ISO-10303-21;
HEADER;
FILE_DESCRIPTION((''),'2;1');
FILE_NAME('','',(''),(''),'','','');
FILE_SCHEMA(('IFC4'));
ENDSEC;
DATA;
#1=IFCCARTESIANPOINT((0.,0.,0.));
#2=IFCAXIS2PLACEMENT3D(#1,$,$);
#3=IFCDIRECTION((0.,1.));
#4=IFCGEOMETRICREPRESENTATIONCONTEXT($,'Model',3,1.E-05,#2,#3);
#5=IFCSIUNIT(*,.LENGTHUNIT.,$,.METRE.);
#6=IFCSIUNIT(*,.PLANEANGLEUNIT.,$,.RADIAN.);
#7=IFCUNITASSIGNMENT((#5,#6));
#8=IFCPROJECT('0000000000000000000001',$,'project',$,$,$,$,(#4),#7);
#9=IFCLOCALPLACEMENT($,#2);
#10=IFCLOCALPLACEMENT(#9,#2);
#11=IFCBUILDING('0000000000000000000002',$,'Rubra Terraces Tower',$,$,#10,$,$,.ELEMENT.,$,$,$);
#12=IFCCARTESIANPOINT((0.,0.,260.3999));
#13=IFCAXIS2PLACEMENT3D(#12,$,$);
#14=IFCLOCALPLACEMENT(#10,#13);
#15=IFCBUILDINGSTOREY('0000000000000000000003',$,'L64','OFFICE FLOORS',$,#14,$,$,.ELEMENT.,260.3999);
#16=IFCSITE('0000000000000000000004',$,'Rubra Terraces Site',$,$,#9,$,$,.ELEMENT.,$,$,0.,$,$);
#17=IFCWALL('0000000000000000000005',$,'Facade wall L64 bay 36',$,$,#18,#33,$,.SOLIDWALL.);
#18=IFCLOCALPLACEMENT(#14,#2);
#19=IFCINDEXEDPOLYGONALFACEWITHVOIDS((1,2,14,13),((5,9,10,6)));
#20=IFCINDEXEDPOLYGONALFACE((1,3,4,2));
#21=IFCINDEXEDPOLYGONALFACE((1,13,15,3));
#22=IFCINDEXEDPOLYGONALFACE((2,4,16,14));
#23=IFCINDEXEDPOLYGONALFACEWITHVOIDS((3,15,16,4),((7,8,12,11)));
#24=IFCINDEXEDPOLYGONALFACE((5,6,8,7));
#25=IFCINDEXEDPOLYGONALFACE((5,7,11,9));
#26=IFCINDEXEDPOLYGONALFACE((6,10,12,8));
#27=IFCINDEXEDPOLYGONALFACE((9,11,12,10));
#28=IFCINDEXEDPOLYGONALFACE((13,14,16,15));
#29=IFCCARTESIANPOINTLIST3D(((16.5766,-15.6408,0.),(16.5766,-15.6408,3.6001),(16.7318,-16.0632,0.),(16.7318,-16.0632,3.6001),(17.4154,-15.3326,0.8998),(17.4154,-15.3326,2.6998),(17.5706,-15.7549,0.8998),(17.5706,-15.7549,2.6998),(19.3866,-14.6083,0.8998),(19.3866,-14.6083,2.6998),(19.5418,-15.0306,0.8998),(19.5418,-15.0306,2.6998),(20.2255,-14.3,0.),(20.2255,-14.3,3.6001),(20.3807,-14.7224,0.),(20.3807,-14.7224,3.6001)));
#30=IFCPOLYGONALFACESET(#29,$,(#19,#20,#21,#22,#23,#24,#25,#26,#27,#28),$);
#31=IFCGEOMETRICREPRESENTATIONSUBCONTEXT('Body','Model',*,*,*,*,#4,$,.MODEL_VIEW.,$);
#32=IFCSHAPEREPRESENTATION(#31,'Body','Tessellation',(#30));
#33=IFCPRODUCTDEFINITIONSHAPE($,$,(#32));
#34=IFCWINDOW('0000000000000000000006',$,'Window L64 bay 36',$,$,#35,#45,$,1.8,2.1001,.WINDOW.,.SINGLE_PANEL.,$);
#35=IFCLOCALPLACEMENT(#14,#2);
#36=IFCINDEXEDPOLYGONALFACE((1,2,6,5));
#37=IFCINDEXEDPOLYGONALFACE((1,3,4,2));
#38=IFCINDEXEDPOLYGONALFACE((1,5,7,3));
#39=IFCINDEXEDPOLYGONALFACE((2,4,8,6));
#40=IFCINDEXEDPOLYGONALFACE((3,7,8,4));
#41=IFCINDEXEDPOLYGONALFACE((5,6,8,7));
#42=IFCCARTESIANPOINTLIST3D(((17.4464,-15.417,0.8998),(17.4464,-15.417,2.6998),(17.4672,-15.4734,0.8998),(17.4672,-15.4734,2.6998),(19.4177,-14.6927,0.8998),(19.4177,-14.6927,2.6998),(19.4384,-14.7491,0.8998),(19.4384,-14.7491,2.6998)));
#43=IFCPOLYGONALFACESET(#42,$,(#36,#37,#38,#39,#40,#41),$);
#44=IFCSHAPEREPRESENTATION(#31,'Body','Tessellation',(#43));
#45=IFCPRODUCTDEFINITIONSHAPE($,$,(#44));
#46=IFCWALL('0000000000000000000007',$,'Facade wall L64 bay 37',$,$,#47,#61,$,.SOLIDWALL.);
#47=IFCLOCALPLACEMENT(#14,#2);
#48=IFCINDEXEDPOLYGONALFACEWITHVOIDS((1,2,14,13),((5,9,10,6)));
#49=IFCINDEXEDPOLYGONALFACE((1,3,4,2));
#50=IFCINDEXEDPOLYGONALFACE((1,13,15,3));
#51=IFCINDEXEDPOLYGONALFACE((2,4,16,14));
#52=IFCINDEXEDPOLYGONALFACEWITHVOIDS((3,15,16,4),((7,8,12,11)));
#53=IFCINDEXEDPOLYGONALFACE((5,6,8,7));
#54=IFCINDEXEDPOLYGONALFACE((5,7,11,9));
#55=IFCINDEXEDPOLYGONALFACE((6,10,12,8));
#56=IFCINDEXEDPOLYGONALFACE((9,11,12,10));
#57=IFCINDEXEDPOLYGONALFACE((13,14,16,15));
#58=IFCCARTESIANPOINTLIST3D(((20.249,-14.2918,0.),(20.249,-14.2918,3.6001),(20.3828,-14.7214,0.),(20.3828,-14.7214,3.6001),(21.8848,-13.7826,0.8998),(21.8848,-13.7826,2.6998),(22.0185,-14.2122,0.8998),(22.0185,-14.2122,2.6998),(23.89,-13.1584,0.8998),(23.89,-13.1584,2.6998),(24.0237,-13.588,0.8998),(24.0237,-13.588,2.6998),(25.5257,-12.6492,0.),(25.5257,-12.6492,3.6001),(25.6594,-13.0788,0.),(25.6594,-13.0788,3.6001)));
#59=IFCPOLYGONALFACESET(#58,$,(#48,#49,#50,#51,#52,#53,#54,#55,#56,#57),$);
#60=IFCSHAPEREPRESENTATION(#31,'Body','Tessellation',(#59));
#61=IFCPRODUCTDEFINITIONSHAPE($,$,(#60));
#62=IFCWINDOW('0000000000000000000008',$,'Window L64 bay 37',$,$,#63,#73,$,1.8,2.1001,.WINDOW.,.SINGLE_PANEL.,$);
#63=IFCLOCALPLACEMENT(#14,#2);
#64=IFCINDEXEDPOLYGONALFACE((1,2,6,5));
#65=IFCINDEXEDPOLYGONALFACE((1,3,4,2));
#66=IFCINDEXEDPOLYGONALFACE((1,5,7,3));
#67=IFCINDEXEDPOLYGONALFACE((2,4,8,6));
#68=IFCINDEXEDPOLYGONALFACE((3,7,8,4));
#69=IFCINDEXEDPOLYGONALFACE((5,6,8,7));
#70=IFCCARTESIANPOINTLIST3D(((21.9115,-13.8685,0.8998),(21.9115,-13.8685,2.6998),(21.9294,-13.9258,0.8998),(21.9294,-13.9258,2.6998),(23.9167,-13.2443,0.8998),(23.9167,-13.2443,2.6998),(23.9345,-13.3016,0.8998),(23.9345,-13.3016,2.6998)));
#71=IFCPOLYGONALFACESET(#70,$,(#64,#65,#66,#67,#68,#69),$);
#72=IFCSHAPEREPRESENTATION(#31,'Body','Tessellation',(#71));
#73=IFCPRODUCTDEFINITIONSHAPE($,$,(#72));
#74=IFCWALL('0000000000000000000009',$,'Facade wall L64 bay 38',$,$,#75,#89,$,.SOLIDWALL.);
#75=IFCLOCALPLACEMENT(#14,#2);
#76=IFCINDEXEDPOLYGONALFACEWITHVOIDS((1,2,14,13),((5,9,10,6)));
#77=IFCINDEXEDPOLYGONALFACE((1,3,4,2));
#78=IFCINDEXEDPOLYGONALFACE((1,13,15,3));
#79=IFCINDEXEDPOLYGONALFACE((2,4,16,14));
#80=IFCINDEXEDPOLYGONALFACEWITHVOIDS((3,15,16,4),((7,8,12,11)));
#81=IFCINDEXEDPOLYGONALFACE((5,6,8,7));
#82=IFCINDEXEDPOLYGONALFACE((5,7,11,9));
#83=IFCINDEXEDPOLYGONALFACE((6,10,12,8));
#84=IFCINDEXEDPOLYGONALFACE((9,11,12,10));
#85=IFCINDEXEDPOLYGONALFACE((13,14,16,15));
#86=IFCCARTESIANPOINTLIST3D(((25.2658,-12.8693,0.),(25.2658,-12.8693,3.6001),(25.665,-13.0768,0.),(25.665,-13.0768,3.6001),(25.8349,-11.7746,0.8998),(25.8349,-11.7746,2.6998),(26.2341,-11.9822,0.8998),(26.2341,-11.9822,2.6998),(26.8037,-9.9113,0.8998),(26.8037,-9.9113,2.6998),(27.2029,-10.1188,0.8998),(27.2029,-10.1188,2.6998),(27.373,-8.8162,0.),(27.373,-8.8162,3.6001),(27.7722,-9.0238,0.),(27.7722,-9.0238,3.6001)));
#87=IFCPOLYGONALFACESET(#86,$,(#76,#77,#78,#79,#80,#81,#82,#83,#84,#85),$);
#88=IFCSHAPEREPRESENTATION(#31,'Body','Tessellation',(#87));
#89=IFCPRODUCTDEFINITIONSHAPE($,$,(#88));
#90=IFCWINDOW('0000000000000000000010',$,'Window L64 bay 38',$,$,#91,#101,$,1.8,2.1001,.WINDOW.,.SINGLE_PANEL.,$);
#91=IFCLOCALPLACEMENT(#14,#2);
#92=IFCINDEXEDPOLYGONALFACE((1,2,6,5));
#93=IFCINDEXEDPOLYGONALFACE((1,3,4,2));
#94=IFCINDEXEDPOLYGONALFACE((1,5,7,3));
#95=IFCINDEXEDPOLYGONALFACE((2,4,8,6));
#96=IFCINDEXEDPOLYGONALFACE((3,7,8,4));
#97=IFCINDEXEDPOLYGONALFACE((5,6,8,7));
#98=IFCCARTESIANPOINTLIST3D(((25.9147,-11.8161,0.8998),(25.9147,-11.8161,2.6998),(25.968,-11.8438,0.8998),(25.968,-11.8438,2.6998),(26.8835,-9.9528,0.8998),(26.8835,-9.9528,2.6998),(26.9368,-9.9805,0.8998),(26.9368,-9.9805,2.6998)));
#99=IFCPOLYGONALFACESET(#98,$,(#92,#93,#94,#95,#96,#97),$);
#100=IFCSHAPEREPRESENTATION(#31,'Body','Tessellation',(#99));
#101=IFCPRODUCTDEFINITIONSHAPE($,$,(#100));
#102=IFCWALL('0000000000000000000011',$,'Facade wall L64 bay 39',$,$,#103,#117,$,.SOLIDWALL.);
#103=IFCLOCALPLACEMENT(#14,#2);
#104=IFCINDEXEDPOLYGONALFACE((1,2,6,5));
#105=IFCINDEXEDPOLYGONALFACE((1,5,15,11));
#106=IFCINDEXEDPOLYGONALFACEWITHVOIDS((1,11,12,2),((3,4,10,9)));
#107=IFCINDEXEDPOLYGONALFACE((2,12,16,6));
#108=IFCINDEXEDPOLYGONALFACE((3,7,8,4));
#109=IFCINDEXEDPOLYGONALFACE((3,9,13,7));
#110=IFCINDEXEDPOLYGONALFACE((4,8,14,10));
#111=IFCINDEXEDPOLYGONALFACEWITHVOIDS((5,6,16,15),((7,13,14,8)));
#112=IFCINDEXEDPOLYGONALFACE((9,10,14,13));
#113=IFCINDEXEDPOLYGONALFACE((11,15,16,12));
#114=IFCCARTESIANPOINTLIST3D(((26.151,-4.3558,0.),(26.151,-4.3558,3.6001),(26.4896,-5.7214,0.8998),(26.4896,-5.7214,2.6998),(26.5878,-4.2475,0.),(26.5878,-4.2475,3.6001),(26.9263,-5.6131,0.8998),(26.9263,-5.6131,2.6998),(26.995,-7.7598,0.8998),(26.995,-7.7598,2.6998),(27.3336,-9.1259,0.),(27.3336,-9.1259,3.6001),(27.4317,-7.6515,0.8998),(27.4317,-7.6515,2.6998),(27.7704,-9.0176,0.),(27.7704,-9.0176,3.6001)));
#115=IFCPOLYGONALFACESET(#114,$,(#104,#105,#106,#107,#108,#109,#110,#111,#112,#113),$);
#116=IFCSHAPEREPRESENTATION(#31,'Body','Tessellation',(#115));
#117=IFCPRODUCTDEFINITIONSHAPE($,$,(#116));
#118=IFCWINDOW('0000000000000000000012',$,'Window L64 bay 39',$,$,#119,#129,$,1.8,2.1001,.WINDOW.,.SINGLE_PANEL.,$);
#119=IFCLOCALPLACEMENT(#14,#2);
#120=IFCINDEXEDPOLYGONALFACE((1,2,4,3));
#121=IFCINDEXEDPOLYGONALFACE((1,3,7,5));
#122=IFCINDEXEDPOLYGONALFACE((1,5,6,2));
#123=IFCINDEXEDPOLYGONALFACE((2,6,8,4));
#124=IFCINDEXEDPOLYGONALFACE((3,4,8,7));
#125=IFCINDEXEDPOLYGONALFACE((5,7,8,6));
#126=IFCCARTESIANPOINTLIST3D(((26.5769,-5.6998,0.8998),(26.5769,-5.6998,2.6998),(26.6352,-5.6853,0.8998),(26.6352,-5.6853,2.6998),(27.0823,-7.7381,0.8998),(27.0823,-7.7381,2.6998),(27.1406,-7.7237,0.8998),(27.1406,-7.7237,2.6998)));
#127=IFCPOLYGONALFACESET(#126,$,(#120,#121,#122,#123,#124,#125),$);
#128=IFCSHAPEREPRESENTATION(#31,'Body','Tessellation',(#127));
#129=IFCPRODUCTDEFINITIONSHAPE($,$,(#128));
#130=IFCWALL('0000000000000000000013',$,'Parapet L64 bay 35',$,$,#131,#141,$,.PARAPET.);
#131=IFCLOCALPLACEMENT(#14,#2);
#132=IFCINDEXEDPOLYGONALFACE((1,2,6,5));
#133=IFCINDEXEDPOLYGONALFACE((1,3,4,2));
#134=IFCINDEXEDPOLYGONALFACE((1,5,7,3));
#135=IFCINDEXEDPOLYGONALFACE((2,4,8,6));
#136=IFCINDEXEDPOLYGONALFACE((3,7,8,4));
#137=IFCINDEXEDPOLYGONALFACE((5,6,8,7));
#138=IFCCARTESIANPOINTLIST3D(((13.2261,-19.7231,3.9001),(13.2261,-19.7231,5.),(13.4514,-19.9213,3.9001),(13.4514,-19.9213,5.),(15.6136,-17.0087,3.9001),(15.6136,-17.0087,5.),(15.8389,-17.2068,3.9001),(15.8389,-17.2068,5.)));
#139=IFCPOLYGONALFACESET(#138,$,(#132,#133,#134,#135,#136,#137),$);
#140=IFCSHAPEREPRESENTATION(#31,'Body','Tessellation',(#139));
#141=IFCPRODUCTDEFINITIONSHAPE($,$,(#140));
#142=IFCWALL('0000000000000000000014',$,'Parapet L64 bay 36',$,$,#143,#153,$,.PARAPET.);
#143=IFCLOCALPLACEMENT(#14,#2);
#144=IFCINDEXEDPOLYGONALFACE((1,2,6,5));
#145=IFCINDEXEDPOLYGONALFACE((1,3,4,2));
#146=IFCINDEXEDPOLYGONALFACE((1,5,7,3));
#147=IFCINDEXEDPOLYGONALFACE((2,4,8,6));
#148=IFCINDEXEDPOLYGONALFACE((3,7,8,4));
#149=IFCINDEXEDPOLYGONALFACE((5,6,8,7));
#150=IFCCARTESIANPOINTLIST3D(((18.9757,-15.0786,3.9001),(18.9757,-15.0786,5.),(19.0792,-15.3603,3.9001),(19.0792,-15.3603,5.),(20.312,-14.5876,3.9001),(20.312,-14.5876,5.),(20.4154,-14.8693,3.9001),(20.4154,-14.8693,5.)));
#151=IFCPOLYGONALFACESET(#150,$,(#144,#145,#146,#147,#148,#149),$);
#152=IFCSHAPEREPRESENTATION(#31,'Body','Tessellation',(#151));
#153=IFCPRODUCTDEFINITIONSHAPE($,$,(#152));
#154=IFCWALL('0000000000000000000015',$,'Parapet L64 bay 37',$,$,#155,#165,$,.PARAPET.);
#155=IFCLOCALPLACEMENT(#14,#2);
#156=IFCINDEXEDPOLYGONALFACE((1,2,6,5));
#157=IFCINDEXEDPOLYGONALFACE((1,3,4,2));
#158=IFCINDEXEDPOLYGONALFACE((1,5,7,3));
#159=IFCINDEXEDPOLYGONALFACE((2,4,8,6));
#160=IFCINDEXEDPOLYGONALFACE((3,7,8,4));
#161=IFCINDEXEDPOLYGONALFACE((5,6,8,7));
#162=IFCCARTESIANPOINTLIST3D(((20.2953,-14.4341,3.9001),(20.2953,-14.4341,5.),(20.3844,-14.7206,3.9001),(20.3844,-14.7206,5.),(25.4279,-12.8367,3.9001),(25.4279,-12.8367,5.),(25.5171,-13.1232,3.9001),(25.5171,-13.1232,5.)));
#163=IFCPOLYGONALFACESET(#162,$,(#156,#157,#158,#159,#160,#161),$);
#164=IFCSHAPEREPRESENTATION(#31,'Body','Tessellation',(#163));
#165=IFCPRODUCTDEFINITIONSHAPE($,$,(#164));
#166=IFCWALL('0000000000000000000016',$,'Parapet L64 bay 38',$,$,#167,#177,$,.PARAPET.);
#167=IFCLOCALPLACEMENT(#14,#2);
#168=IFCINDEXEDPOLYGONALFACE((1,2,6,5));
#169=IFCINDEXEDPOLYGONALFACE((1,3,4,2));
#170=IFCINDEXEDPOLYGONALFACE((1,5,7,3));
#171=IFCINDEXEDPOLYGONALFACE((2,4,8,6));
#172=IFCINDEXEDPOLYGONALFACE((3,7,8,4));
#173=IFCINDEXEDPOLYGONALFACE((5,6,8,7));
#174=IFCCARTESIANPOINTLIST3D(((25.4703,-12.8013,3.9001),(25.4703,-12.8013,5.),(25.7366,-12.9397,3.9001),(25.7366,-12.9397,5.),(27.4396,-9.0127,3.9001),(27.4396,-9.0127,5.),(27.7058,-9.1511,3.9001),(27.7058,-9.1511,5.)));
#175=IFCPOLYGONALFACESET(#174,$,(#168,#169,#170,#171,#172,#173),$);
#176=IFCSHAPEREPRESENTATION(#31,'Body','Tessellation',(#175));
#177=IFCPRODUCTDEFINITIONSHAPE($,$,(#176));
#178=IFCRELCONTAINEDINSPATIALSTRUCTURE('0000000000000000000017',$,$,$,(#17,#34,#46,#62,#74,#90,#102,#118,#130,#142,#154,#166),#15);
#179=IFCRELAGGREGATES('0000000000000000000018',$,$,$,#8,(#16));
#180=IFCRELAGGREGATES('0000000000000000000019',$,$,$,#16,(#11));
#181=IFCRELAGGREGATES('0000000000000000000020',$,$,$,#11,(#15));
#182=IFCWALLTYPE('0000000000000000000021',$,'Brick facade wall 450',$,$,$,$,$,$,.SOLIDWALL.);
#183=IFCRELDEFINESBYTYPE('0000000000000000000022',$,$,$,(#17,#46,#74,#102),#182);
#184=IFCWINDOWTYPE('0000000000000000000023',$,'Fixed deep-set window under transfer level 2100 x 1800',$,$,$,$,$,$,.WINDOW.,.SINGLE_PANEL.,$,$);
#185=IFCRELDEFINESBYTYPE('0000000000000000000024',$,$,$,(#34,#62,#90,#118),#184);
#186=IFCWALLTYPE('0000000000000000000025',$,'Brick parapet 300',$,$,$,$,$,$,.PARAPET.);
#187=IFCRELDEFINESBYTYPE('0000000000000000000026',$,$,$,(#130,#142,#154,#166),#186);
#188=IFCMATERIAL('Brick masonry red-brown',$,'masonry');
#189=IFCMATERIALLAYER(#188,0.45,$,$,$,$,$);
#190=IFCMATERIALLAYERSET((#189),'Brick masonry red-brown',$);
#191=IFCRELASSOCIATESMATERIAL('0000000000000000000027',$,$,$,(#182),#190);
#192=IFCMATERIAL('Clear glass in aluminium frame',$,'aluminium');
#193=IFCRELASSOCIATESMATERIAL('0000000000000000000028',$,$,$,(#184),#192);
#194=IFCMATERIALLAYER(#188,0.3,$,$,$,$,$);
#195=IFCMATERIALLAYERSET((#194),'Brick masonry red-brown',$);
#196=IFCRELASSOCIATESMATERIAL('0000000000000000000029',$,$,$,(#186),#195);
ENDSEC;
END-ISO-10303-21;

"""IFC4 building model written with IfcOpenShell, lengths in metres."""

from ifc_helpers import new_model, si_unit, direction, frame, frame_2d, origin, place, context, subcontext, project, spatial, rectangle, extrude, material, layer, layer_set, type_object, element, fill, save


model = new_model("IFC4")

# Units and contexts
model_context = context("Model", 3, precision=1e-05, world=origin(), true_north=direction((0.0, 1.0)))
body_context = subcontext(model_context, "Body", "Model", "MODEL_VIEW")
ifc_project = project(units=[si_unit("LENGTHUNIT", "METRE"), si_unit("PLANEANGLEUNIT", "RADIAN")], contexts=[model_context])

# Site, building, storey
site_placement = place(None, origin())
site = spatial("IfcSite", under=ifc_project, at=site_placement, Name="Rubra Terraces Site", CompositionType="ELEMENT", RefElevation=0.0)
building_placement = place(site_placement, origin())
building = spatial("IfcBuilding", under=site, at=building_placement, Name="Rubra Terraces Tower", CompositionType="ELEMENT")
storey_placement = place(building_placement, frame((0.0, 0.0, 260.3999)))
storey = spatial("IfcBuildingStorey", under=building, at=storey_placement, Name="L64", Description="OFFICE FLOORS", CompositionType="ELEMENT", Elevation=260.3999)

# Walls, openings, windows
ifc_material_1 = material(Name="Brick masonry red-brown", Category="masonry")
ifc_layer_1 = layer(ifc_material_1, 0.45)
ifc_layer_set_1 = layer_set([ifc_layer_1], Name="Brick masonry red-brown")
wall_type_1 = type_object("IfcWallType", Name="Brick facade wall 450", PredefinedType="SOLIDWALL", material=ifc_layer_set_1)
wall_1_placement = place(storey_placement, frame((16.6541, -15.8521, 0.0), z_axis=(0.0, 0.0, 1.0), x_axis=(0.938637, 0.344908, 0.0)))
wall_1 = element("IfcWall", 1, at=wall_1_placement, inside=storey, type_object=wall_type_1, Name="Facade wall L64 bay 36", PredefinedType="SOLIDWALL", context=body_context, shape_type="SweptSolid", body=[
    extrude(rectangle(XDim=3.8875, YDim=0.45, at=frame_2d((1.9438, 0.0))), origin(), (0.0, 0.0, 1.0), 3.6001),
])
opening_1_placement = place(wall_1_placement, frame((0.8938, 0.0, 0.8999)))
opening_1 = element("IfcOpeningElement", 2, at=opening_1_placement, cuts=wall_1, PredefinedType="OPENING", context=body_context, shape_type="SweptSolid", body=[
    extrude(rectangle(XDim=2.1001, YDim=1.8, at=frame_2d((1.05, 0.8999))), frame((0.0, 0.2349, 0.0), z_axis=(0.0, -1.0, 0.0), x_axis=(1.0, 0.0, 0.0)), (0.0, 0.0, 1.0), 0.47),
])
ifc_material_2 = material(Name="Clear glass in aluminium frame", Category="aluminium")
window_type = type_object("IfcWindowType", Name="Fixed deep-set window under transfer level 2100 x 1800", PartitioningType="SINGLE_PANEL", PredefinedType="WINDOW", material=ifc_material_2)
window_1_placement = place(opening_1_placement, origin())
window_1 = element("IfcWindow", 3, at=window_1_placement, inside=storey, type_object=window_type, Name="Window L64 bay 36", OverallHeight=1.8, OverallWidth=2.1001, PartitioningType="SINGLE_PANEL", PredefinedType="WINDOW", context=body_context, shape_type="SweptSolid", body=[
    extrude(rectangle(XDim=2.1001, YDim=1.8, at=frame_2d((1.05, 0.8999))), frame((0.0, 0.135, 0.0), z_axis=(0.0, -1.0, 0.0), x_axis=(1.0, 0.0, 0.0)), (0.0, 0.0, 1.0), 0.0601),
])
fill(opening_1, window_1)
wall_2_placement = place(storey_placement, frame((20.3159, -14.5066, 0.0), z_axis=(0.0, 0.0, 1.0), x_axis=(0.954807, 0.297226, 0.0)))
wall_2 = element("IfcWall", 4, at=wall_2_placement, inside=storey, type_object=wall_type_1, Name="Facade wall L64 bay 37", PredefinedType="SOLIDWALL", context=body_context, shape_type="SweptSolid", body=[
    extrude(rectangle(XDim=5.5264, YDim=0.45, at=frame_2d((2.7632, 0.0))), origin(), (0.0, 0.0, 1.0), 3.6001),
])
opening_2_placement = place(wall_2_placement, frame((1.7131, 0.0, 0.8999)))
opening_2 = element("IfcOpeningElement", 5, at=opening_2_placement, cuts=wall_2, PredefinedType="OPENING", context=body_context, shape_type="SweptSolid", body=[
    extrude(rectangle(XDim=2.1001, YDim=1.8, at=frame_2d((1.05, 0.8999))), frame((0.0, 0.2349, 0.0), z_axis=(0.0, -1.0, 0.0), x_axis=(1.0, 0.0, 0.0)), (0.0, 0.0, 1.0), 0.47),
])
window_2_placement = place(opening_2_placement, origin())
window_2 = element("IfcWindow", 6, at=window_2_placement, inside=storey, type_object=window_type, Name="Window L64 bay 37", OverallHeight=1.8, OverallWidth=2.1001, PartitioningType="SINGLE_PANEL", PredefinedType="WINDOW", context=body_context, shape_type="SweptSolid", body=[
    extrude(rectangle(XDim=2.1001, YDim=1.8, at=frame_2d((1.05, 0.8999))), frame((0.0, 0.135, 0.0), z_axis=(0.0, -1.0, 0.0), x_axis=(1.0, 0.0, 0.0)), (0.0, 0.0, 1.0), 0.0601),
])
fill(opening_2, window_2)
wall_3_placement = place(storey_placement, frame((25.4653, -12.9731, 0.0), z_axis=(0.0, 0.0, 1.0), x_axis=(0.461289, 0.88725, 0.0)))
wall_3 = element("IfcWall", 7, at=wall_3_placement, inside=storey, type_object=wall_type_1, Name="Facade wall L64 bay 38", PredefinedType="SOLIDWALL", context=body_context, shape_type="SweptSolid", body=[
    extrude(rectangle(XDim=4.5681, YDim=0.45, at=frame_2d((2.2842, 0.0))), origin(), (0.0, 0.0, 1.0), 3.6001),
])
opening_3_placement = place(wall_3_placement, frame((1.2339, 0.0, 0.8999)))
opening_3 = element("IfcOpeningElement", 8, at=opening_3_placement, cuts=wall_3, PredefinedType="OPENING", context=body_context, shape_type="SweptSolid", body=[
    extrude(rectangle(XDim=2.1001, YDim=1.8, at=frame_2d((1.05, 0.8999))), frame((0.0, 0.2349, 0.0), z_axis=(0.0, -1.0, 0.0), x_axis=(1.0, 0.0, 0.0)), (0.0, 0.0, 1.0), 0.47),
])
window_3_placement = place(opening_3_placement, origin())
window_3 = element("IfcWindow", 9, at=window_3_placement, inside=storey, type_object=window_type, Name="Window L64 bay 38", OverallHeight=1.8, OverallWidth=2.1001, PartitioningType="SINGLE_PANEL", PredefinedType="WINDOW", context=body_context, shape_type="SweptSolid", body=[
    extrude(rectangle(XDim=2.1001, YDim=1.8, at=frame_2d((1.05, 0.8999))), frame((0.0, 0.135, 0.0), z_axis=(0.0, -1.0, 0.0), x_axis=(1.0, 0.0, 0.0)), (0.0, 0.0, 1.0), 0.0601),
])
fill(opening_3, window_3)
wall_4_placement = place(storey_placement, frame((27.552, -9.0718, 0.0), z_axis=(0.0, 0.0, 1.0), x_axis=(-0.24063, 0.970617, 0.0)))
wall_4 = element("IfcWall", 10, at=wall_4_placement, inside=storey, type_object=wall_type_1, Name="Facade wall L64 bay 39", PredefinedType="SOLIDWALL", context=body_context, shape_type="SweptSolid", body=[
    extrude(rectangle(XDim=4.9146, YDim=0.45, at=frame_2d((2.4573, 0.0))), origin(), (0.0, 0.0, 1.0), 3.6001),
])
opening_4_placement = place(wall_4_placement, frame((1.4075, 0.0, 0.8999)))
opening_4 = element("IfcOpeningElement", 11, at=opening_4_placement, cuts=wall_4, PredefinedType="OPENING", context=body_context, shape_type="SweptSolid", body=[
    extrude(rectangle(XDim=2.1001, YDim=1.8, at=frame_2d((1.05, 0.8999))), frame((0.0, 0.2349, 0.0), z_axis=(0.0, -1.0, 0.0), x_axis=(1.0, 0.0, 0.0)), (0.0, 0.0, 1.0), 0.47),
])
window_4_placement = place(opening_4_placement, origin())
window_4 = element("IfcWindow", 12, at=window_4_placement, inside=storey, type_object=window_type, Name="Window L64 bay 39", OverallHeight=1.8, OverallWidth=2.1001, PartitioningType="SINGLE_PANEL", PredefinedType="WINDOW", context=body_context, shape_type="SweptSolid", body=[
    extrude(rectangle(XDim=2.1001, YDim=1.8, at=frame_2d((1.05, 0.8999))), frame((0.0, 0.135, 0.0), z_axis=(0.0, -1.0, 0.0), x_axis=(1.0, 0.0, 0.0)), (0.0, 0.0, 1.0), 0.0601),
])
fill(opening_4, window_4)

# Walls
ifc_layer_2 = layer(ifc_material_1, 0.3)
ifc_layer_set_2 = layer_set([ifc_layer_2], Name="Brick masonry red-brown")
wall_type_2 = type_object("IfcWallType", Name="Brick parapet 300", PredefinedType="PARAPET", material=ifc_layer_set_2)
wall_5_placement = place(storey_placement, frame((13.3386, -19.8223, 3.9001), z_axis=(0.0, 0.0, 1.0), x_axis=(0.660444, 0.750876, 0.0)))
element("IfcWall", 13, at=wall_5_placement, inside=storey, type_object=wall_type_2, Name="Parapet L64 bay 35", PredefinedType="PARAPET", context=body_context, shape_type="SweptSolid", body=[
    extrude(rectangle(XDim=3.615, YDim=0.3, at=frame_2d((1.8076, 0.0))), origin(), (0.0, 0.0, 1.0), 1.0999),
])
wall_6_placement = place(storey_placement, frame((19.0273, -15.2195, 3.9001), z_axis=(0.0, 0.0, 1.0), x_axis=(0.938641, 0.344895, 0.0)))
element("IfcWall", 14, at=wall_6_placement, inside=storey, type_object=wall_type_2, Name="Parapet L64 bay 36", PredefinedType="PARAPET", context=body_context, shape_type="SweptSolid", body=[
    extrude(rectangle(XDim=1.4236, YDim=0.3, at=frame_2d((0.7119, 0.0))), origin(), (0.0, 0.0, 1.0), 1.0999),
])
wall_7_placement = place(storey_placement, frame((20.3398, -14.5774, 3.9001), z_axis=(0.0, 0.0, 1.0), x_axis=(0.954824, 0.297171, 0.0)))
element("IfcWall", 15, at=wall_7_placement, inside=storey, type_object=wall_type_2, Name="Parapet L64 bay 37", PredefinedType="PARAPET", context=body_context, shape_type="SweptSolid", body=[
    extrude(rectangle(XDim=5.3755, YDim=0.3, at=frame_2d((2.6877, 0.0))), origin(), (0.0, 0.0, 1.0), 1.0999),
])
wall_8_placement = place(storey_placement, frame((25.6035, -12.8704, 3.9001), z_axis=(0.0, 0.0, 1.0), x_axis=(0.461202, 0.887295, 0.0)))
element("IfcWall", 16, at=wall_8_placement, inside=storey, type_object=wall_type_2, Name="Parapet L64 bay 38", PredefinedType="PARAPET", context=body_context, shape_type="SweptSolid", body=[
    extrude(rectangle(XDim=4.2698, YDim=0.3, at=frame_2d((2.1348, 0.0))), origin(), (0.0, 0.0, 1.0), 1.0999),
])

save(model, "model.ifc")
